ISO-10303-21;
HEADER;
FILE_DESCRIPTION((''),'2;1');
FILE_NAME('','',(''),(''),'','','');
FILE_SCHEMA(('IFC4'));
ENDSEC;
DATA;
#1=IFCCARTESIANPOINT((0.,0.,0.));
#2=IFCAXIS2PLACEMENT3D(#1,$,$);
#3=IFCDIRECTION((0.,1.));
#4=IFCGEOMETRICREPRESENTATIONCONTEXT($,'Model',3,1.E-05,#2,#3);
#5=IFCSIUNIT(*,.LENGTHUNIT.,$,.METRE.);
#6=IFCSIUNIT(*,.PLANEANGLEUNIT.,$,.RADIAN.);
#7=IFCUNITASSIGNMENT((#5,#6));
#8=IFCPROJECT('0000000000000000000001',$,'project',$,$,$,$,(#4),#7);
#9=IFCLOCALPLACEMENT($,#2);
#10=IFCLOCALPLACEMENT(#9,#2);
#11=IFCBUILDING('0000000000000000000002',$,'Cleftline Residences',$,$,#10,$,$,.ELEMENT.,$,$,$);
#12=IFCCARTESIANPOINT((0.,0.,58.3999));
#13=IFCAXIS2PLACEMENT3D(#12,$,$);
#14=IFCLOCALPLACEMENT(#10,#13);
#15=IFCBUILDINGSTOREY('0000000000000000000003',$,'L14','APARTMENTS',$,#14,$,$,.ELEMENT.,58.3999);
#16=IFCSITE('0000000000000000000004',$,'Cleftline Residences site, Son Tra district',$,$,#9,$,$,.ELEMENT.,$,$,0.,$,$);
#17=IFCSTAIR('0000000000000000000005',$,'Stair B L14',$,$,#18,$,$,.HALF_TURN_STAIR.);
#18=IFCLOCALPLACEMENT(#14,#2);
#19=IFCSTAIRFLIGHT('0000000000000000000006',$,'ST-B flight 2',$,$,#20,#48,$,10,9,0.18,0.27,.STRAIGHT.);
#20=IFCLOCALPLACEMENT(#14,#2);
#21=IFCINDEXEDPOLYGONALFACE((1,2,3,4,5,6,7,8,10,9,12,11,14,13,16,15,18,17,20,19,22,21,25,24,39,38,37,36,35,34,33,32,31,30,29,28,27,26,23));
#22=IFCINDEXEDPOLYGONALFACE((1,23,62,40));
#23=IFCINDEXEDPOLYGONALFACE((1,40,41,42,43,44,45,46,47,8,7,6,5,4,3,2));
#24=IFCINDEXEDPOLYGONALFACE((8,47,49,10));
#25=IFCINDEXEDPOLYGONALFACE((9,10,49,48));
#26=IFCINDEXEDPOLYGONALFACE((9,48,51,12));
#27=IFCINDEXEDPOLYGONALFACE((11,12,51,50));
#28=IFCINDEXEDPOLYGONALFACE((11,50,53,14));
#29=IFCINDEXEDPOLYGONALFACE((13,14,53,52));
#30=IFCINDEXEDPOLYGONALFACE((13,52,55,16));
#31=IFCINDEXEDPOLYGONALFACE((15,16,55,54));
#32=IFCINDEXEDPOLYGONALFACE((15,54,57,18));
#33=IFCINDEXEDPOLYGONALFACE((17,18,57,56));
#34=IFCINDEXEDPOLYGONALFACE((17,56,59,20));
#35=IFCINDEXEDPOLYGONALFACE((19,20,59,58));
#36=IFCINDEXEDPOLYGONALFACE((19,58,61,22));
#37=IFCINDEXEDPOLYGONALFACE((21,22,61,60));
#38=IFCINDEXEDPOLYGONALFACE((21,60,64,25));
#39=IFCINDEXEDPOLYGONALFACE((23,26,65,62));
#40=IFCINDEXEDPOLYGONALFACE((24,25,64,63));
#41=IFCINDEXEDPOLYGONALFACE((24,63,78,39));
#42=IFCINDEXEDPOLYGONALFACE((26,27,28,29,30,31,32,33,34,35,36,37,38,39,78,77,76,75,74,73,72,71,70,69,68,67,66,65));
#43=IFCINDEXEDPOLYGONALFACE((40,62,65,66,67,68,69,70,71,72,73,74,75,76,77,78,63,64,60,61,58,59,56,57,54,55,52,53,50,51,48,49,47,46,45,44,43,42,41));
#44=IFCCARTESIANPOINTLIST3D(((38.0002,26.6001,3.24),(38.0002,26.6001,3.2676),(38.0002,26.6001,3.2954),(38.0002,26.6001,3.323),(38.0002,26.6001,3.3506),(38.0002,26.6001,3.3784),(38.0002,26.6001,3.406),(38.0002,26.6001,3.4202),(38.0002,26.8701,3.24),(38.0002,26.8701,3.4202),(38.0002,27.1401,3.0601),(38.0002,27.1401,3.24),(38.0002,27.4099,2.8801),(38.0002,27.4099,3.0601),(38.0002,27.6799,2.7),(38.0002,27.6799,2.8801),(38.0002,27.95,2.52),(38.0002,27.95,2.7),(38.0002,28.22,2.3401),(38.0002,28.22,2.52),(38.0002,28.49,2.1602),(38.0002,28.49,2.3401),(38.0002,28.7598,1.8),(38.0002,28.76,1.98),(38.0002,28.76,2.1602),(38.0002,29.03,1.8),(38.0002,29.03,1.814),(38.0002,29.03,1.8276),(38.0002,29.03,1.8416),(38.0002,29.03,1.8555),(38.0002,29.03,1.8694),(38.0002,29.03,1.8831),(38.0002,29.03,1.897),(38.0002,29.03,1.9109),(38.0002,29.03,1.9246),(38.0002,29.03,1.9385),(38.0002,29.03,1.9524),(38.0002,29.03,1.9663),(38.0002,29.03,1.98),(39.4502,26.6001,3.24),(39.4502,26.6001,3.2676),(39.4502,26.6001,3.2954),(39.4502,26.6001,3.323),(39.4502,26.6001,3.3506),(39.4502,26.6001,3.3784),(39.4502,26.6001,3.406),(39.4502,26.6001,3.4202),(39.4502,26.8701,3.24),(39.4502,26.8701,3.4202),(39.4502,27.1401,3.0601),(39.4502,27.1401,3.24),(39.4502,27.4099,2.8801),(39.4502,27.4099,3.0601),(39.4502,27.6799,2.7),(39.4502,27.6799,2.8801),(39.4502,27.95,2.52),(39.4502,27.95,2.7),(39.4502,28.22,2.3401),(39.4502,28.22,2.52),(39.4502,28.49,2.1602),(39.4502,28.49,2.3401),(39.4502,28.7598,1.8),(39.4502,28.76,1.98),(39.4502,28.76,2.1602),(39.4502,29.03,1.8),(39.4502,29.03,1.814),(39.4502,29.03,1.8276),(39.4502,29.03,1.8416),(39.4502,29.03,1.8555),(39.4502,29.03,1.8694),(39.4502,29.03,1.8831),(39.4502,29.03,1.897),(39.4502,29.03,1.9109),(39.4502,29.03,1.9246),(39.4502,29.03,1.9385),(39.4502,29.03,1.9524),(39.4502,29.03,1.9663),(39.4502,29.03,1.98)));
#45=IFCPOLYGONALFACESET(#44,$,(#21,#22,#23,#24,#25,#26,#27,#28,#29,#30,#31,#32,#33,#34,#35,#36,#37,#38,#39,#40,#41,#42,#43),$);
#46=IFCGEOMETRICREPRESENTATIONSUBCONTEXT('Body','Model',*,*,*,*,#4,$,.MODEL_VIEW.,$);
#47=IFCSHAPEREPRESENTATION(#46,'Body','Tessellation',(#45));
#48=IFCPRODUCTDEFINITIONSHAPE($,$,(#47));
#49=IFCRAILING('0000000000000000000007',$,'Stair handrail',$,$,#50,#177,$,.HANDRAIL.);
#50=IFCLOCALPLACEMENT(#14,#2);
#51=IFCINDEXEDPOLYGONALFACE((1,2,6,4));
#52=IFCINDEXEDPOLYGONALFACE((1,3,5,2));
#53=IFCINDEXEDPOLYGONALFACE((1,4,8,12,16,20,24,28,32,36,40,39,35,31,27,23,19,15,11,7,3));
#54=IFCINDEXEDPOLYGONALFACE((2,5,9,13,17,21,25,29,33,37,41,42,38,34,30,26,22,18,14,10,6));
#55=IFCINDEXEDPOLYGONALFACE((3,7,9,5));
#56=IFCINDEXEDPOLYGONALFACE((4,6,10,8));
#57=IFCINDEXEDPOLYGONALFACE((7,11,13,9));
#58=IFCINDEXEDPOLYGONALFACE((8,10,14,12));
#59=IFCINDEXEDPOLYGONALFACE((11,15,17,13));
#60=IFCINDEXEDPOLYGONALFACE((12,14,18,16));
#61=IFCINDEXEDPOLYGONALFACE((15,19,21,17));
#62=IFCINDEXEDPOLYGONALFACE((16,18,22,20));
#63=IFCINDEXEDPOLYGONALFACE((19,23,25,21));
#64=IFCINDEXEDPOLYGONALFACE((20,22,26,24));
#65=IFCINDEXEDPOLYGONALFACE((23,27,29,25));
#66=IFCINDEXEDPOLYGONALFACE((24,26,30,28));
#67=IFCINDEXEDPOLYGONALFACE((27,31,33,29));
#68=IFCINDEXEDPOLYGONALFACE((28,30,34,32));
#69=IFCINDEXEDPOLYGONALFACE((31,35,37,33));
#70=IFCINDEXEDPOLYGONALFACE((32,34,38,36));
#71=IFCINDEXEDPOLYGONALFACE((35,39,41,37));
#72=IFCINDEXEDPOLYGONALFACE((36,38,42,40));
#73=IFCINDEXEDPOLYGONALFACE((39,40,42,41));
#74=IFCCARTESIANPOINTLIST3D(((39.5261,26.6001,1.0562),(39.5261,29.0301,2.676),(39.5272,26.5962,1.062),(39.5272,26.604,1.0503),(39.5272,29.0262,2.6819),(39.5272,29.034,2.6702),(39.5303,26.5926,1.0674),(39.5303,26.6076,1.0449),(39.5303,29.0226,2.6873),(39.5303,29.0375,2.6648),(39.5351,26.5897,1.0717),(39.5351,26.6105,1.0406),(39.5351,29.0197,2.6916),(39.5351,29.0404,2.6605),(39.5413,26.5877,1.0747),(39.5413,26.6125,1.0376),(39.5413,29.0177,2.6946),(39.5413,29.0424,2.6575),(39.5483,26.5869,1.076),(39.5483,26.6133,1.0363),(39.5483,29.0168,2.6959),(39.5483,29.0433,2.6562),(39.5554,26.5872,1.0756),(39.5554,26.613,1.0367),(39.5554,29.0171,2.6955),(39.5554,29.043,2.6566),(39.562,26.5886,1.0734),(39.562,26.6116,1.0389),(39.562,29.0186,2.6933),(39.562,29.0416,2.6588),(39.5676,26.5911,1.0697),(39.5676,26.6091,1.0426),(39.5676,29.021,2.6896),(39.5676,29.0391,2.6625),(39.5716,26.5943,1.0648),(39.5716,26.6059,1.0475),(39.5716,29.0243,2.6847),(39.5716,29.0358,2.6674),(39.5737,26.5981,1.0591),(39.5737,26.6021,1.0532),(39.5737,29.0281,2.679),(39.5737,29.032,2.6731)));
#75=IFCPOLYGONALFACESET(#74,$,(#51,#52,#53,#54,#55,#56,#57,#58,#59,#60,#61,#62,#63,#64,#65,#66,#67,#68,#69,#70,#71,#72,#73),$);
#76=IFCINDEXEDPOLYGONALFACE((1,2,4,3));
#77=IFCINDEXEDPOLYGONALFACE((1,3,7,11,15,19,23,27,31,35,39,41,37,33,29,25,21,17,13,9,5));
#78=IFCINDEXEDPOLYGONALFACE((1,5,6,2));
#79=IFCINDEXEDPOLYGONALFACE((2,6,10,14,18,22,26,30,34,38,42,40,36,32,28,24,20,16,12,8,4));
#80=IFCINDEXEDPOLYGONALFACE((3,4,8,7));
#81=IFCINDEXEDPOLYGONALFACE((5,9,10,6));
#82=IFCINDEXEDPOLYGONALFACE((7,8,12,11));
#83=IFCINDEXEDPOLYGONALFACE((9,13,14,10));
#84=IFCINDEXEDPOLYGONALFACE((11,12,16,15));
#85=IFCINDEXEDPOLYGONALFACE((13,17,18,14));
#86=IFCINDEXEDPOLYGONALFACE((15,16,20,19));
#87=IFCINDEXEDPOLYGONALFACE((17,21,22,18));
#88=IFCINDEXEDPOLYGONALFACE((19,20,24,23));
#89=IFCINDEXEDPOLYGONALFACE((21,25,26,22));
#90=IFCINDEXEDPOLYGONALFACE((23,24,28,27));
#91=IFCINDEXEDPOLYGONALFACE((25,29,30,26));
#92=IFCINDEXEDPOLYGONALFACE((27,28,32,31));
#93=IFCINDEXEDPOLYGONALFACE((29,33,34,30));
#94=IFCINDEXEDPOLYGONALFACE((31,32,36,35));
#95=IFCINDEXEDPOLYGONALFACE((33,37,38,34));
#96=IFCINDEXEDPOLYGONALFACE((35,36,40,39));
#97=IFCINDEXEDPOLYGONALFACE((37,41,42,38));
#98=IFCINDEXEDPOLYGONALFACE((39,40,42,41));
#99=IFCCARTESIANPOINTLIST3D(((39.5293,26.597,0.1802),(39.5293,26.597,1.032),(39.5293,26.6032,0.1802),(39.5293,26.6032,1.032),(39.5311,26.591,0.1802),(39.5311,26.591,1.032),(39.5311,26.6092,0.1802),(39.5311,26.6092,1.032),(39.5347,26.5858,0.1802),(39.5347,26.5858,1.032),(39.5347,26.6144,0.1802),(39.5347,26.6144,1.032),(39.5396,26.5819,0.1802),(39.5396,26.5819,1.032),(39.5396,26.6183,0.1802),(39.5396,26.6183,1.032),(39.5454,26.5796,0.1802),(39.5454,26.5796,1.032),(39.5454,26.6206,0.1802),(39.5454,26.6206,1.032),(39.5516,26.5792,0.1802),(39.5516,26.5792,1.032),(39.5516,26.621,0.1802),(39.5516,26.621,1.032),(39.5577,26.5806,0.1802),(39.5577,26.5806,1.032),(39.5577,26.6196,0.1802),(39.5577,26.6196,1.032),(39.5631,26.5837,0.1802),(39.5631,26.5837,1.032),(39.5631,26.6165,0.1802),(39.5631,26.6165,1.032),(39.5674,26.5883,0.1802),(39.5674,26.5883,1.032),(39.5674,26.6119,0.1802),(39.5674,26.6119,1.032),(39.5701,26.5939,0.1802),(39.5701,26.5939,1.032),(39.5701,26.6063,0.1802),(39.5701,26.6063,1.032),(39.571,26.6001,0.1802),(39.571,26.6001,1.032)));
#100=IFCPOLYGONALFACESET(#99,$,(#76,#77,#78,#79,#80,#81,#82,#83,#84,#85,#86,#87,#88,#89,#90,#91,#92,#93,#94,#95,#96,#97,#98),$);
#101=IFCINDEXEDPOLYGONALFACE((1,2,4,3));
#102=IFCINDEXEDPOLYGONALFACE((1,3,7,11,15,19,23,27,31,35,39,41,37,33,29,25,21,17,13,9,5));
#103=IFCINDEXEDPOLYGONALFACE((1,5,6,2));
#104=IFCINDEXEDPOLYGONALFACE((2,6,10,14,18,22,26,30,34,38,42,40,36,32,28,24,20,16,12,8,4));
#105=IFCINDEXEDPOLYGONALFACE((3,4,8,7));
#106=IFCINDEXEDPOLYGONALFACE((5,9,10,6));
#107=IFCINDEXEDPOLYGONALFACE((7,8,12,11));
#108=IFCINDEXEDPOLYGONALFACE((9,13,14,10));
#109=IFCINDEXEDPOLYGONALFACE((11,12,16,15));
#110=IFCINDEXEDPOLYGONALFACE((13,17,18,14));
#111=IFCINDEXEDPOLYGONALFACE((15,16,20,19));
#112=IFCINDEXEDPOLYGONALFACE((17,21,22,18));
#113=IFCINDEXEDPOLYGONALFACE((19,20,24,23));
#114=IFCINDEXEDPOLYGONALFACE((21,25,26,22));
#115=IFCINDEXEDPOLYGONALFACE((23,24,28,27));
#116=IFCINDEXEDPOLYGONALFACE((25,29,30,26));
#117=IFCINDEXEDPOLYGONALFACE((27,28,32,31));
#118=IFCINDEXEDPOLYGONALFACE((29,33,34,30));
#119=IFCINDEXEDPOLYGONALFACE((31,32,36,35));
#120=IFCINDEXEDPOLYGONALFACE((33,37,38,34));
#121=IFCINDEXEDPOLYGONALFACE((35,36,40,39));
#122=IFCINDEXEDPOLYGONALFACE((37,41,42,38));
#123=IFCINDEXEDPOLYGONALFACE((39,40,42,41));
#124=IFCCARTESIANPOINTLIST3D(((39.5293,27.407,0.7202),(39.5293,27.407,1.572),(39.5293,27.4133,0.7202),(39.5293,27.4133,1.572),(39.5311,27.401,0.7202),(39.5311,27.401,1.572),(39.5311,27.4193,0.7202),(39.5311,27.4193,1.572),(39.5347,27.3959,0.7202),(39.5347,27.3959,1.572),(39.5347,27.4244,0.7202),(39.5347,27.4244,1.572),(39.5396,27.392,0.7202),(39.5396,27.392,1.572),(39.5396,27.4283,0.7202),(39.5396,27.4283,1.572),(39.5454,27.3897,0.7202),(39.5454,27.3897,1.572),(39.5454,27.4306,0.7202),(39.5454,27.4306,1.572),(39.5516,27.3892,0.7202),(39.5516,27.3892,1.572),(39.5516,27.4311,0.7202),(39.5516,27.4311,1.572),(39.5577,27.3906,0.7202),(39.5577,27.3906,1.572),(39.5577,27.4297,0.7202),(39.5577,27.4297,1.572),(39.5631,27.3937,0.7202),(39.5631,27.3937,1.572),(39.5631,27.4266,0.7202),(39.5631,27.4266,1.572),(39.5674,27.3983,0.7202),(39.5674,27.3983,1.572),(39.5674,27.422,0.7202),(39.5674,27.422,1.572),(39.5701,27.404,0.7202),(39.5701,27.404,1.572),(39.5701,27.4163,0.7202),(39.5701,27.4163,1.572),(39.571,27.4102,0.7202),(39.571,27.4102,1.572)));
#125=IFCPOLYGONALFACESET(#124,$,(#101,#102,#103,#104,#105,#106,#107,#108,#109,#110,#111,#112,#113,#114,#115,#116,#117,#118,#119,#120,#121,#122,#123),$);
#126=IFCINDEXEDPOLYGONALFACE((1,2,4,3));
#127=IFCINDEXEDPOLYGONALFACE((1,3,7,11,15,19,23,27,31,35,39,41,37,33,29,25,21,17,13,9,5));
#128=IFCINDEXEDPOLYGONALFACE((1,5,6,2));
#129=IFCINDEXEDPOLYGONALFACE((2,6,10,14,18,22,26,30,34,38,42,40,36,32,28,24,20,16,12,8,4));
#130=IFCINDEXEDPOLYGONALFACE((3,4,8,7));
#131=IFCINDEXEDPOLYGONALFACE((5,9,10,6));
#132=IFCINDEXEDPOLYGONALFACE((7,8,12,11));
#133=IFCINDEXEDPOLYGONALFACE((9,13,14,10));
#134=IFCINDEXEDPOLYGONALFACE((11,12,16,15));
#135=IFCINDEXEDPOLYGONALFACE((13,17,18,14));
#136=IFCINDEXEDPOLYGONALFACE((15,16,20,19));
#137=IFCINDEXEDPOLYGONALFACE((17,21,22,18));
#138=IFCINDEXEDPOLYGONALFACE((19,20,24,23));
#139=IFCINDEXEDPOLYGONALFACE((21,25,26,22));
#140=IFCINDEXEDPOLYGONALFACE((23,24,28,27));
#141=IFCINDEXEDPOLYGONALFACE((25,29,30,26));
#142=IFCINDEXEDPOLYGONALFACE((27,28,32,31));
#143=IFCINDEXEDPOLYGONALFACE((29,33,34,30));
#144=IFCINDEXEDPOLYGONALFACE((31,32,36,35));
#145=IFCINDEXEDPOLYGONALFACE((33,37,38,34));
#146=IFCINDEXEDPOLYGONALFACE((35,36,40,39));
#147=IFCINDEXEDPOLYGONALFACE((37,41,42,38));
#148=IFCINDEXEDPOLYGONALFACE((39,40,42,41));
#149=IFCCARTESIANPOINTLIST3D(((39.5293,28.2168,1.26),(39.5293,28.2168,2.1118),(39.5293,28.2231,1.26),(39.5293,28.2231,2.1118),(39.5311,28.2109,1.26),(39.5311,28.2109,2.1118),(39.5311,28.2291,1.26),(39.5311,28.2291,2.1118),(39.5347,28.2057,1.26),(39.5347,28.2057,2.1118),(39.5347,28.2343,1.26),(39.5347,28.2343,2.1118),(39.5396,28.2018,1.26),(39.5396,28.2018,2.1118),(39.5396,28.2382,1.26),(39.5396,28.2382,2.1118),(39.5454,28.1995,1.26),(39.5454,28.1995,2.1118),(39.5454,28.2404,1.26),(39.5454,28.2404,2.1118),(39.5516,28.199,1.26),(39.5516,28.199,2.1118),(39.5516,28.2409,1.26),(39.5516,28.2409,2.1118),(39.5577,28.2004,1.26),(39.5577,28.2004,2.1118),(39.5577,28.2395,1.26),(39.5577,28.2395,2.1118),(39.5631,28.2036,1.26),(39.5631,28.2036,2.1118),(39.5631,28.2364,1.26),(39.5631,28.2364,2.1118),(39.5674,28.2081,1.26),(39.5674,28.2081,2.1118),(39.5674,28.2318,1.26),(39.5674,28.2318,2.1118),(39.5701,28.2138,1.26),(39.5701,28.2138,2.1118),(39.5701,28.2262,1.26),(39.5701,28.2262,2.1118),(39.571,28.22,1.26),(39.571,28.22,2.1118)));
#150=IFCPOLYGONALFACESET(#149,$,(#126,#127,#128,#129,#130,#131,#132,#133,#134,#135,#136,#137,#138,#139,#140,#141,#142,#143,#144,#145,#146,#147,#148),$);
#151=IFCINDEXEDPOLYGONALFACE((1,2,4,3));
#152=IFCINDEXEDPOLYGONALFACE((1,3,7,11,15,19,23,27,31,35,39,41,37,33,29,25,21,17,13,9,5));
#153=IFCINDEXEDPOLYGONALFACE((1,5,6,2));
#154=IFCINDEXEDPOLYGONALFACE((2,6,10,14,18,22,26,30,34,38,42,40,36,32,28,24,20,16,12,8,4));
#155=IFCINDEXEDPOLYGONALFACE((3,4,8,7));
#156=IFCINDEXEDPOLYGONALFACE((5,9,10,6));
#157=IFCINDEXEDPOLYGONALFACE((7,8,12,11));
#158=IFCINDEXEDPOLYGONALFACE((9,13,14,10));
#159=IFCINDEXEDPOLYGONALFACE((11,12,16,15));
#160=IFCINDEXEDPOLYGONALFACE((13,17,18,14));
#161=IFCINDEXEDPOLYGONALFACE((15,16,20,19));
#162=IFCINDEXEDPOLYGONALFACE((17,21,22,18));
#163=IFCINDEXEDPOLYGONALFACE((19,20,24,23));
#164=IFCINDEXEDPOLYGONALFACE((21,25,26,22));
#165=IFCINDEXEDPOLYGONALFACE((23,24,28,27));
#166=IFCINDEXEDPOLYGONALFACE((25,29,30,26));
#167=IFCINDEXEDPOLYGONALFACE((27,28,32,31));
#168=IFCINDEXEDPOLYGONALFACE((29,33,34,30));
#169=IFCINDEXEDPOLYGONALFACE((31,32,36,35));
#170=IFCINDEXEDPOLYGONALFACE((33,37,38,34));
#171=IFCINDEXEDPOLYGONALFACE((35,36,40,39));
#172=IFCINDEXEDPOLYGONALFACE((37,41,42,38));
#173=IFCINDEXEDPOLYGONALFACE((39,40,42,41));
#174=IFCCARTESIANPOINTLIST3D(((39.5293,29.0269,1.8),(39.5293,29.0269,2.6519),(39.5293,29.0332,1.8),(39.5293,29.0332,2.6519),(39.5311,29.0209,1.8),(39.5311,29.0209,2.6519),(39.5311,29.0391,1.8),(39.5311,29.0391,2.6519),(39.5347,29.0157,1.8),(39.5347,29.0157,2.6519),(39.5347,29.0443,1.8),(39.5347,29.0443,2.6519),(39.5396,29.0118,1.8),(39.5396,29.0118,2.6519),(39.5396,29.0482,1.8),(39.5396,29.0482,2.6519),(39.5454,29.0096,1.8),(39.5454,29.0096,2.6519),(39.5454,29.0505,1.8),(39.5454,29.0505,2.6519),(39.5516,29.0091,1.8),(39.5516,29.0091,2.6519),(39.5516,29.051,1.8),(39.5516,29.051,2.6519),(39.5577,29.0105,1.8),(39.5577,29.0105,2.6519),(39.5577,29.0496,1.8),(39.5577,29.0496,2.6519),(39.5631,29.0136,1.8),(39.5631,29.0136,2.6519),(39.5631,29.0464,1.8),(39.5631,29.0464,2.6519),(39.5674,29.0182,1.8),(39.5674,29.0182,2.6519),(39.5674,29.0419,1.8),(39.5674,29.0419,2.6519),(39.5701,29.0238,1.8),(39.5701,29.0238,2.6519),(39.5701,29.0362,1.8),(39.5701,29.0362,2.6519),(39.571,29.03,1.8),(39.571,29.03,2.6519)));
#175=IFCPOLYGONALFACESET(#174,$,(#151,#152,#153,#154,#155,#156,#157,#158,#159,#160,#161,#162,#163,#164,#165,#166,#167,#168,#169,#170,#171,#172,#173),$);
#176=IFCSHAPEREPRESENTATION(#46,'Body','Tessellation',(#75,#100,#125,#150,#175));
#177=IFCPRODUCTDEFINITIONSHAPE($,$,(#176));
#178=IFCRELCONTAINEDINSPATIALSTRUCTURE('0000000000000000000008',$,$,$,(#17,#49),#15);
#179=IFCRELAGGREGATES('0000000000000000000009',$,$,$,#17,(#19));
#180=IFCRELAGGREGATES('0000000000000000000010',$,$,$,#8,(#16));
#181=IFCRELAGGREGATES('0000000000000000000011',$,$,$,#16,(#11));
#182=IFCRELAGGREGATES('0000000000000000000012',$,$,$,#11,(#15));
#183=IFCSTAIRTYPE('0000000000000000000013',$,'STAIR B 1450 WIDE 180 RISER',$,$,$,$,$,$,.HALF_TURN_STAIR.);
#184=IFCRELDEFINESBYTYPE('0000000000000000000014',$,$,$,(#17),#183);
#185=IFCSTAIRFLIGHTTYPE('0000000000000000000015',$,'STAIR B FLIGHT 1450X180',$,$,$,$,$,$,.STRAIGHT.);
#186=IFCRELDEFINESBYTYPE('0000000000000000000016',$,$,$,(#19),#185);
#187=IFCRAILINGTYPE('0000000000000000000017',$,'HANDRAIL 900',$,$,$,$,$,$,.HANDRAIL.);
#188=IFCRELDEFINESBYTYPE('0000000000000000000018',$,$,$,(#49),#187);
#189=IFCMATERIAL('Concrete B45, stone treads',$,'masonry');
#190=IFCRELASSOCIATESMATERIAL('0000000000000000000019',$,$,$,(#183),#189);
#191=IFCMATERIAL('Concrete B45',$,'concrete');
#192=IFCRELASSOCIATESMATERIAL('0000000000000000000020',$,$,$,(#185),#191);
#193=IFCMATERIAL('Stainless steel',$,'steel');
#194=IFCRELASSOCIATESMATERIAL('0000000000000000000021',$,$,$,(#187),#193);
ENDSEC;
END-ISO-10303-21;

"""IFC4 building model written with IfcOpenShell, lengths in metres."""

from ifc_helpers import new_model, si_unit, direction, frame, origin, origin_2d, place, context, subcontext, project, spatial, polyline, circle, outline, extrude, material, type_object, element, aggregate, save


model = new_model("IFC4")

# Units and contexts
model_context = context("Model", 3, precision=1e-05, world=origin(), true_north=direction((0.0, 1.0)))
body_context = subcontext(model_context, "Body", "Model", "MODEL_VIEW")
ifc_project = project(units=[si_unit("LENGTHUNIT", "METRE"), si_unit("PLANEANGLEUNIT", "RADIAN")], contexts=[model_context])

# Site, building, storey
site_placement = place(None, origin())
site = spatial("IfcSite", under=ifc_project, at=site_placement, Name="Cleftline Residences site, Son Tra district", CompositionType="ELEMENT", RefElevation=0.0)
building_placement = place(site_placement, origin())
building = spatial("IfcBuilding", under=site, at=building_placement, Name="Cleftline Residences", CompositionType="ELEMENT")
storey_placement = place(building_placement, frame((0.0, 0.0, 58.3999)))
storey = spatial("IfcBuildingStorey", under=building, at=storey_placement, Name="L14", Description="APARTMENTS", CompositionType="ELEMENT", Elevation=58.3999)

# Stair, stair flight
ifc_material_1 = material(Name="Concrete B45, stone treads", Category="masonry")
stair_type = type_object("IfcStairType", Name="STAIR B 1450 WIDE 180 RISER", PredefinedType="HALF_TURN_STAIR", material=ifc_material_1)
stair_placement = place(storey_placement, origin())
stair = element("IfcStair", 1, at=stair_placement, inside=storey, type_object=stair_type, Name="Stair B L14", PredefinedType="HALF_TURN_STAIR")
ifc_material_2 = material(Name="Concrete B45", Category="concrete")
stair_flight_type = type_object("IfcStairFlightType", Name="STAIR B FLIGHT 1450X180", PredefinedType="STRAIGHT", material=ifc_material_2)
stair_flight_1_placement = place(storey_placement, frame((38.7251, 29.03, 1.8), z_axis=(0.0, 0.0, 1.0), x_axis=(0.0, -1.0, 0.0)))
stair_flight_1 = element("IfcStairFlight", 2, at=stair_flight_1_placement, type_object=stair_flight_type, Name="ST-B flight 2", NumberOfRisers=10, NumberOfTreads=9, PredefinedType="STRAIGHT", RiserHeight=0.18, TreadLength=0.27, context=body_context, shape_type="SweptSolid", body=[
    extrude(outline(polyline([(0.0, 0.0), (0.0, 0.0139), (0.0, 0.0276), (0.0, 0.0415), (0.0, 0.0554), (0.0, 0.0693), (0.0, 0.083), (0.0, 0.0969), (0.0, 0.1108), (0.0, 0.1245), (0.0, 0.1384), (0.0, 0.1523), (0.0, 0.1663), (0.0, 0.1799), (0.27, 0.1799), (0.27, 0.3601), (0.54, 0.3601), (0.54, 0.54), (0.8101, 0.54), (0.8101, 0.72), (1.0801, 0.72), (1.0801, 0.8999), (1.3501, 0.8999), (1.3501, 1.0801), (1.6201, 1.0801), (1.6201, 1.26), (1.8899, 1.26), (1.8899, 1.4399), (2.1599, 1.4399), (2.1599, 1.6201), (2.4299, 1.6201), (2.4299, 1.8), (2.4299, 1.7722), (2.4299, 1.7446), (2.4299, 1.7168), (2.4299, 1.6892), (2.4299, 1.6614), (2.4299, 1.6338), (2.4299, 1.606), (2.4299, 1.5784), (2.4299, 1.5505), (2.4299, 1.5229), (2.4299, 1.4954), (2.4299, 1.4675), (2.4299, 1.4399), (0.2703, 0.0), (0.0, 0.0)])), frame((0.0, 0.7251, 0.0), z_axis=(0.0, -1.0, 0.0), x_axis=(1.0, 0.0, 0.0)), (0.0, 0.0, 1.0), 1.45),
])
aggregate(stair, [stair_flight_1])

# Railing
ifc_material_3 = material(Name="Stainless steel", Category="steel")
railing_type = type_object("IfcRailingType", Name="HANDRAIL 900", PredefinedType="HANDRAIL", material=ifc_material_3)
railing_1_placement = place(storey_placement, frame((39.55, 26.6001, 0.1802)))
element("IfcRailing", 3, at=railing_1_placement, inside=storey, type_object=railing_type, Name="Stair handrail", PredefinedType="HANDRAIL", context=body_context, shape_type="SweptSolid", body=[
    extrude(circle(Radius=0.0239, at=origin_2d()), frame((0.0, 0.0, 0.876), z_axis=(0.0, 0.832063, 0.554681), x_axis=(-1.0, 0.0, 0.0)), (0.0, 0.0, 1.0), 2.9204),
    extrude(circle(Radius=0.021, at=origin_2d()), origin(), (0.0, 0.0, 1.0), 0.8518),
    extrude(circle(Radius=0.021, at=origin_2d()), frame((0.0, 0.8101, 0.54)), (0.0, 0.0, 1.0), 0.8518),
    extrude(circle(Radius=0.021, at=origin_2d()), frame((0.0, 1.6199, 1.0798)), (0.0, 0.0, 1.0), 0.8518),
    extrude(circle(Radius=0.021, at=origin_2d()), frame((0.0, 2.4299, 1.6199)), (0.0, 0.0, 1.0), 0.8518),
])

save(model, "model.ifc")
